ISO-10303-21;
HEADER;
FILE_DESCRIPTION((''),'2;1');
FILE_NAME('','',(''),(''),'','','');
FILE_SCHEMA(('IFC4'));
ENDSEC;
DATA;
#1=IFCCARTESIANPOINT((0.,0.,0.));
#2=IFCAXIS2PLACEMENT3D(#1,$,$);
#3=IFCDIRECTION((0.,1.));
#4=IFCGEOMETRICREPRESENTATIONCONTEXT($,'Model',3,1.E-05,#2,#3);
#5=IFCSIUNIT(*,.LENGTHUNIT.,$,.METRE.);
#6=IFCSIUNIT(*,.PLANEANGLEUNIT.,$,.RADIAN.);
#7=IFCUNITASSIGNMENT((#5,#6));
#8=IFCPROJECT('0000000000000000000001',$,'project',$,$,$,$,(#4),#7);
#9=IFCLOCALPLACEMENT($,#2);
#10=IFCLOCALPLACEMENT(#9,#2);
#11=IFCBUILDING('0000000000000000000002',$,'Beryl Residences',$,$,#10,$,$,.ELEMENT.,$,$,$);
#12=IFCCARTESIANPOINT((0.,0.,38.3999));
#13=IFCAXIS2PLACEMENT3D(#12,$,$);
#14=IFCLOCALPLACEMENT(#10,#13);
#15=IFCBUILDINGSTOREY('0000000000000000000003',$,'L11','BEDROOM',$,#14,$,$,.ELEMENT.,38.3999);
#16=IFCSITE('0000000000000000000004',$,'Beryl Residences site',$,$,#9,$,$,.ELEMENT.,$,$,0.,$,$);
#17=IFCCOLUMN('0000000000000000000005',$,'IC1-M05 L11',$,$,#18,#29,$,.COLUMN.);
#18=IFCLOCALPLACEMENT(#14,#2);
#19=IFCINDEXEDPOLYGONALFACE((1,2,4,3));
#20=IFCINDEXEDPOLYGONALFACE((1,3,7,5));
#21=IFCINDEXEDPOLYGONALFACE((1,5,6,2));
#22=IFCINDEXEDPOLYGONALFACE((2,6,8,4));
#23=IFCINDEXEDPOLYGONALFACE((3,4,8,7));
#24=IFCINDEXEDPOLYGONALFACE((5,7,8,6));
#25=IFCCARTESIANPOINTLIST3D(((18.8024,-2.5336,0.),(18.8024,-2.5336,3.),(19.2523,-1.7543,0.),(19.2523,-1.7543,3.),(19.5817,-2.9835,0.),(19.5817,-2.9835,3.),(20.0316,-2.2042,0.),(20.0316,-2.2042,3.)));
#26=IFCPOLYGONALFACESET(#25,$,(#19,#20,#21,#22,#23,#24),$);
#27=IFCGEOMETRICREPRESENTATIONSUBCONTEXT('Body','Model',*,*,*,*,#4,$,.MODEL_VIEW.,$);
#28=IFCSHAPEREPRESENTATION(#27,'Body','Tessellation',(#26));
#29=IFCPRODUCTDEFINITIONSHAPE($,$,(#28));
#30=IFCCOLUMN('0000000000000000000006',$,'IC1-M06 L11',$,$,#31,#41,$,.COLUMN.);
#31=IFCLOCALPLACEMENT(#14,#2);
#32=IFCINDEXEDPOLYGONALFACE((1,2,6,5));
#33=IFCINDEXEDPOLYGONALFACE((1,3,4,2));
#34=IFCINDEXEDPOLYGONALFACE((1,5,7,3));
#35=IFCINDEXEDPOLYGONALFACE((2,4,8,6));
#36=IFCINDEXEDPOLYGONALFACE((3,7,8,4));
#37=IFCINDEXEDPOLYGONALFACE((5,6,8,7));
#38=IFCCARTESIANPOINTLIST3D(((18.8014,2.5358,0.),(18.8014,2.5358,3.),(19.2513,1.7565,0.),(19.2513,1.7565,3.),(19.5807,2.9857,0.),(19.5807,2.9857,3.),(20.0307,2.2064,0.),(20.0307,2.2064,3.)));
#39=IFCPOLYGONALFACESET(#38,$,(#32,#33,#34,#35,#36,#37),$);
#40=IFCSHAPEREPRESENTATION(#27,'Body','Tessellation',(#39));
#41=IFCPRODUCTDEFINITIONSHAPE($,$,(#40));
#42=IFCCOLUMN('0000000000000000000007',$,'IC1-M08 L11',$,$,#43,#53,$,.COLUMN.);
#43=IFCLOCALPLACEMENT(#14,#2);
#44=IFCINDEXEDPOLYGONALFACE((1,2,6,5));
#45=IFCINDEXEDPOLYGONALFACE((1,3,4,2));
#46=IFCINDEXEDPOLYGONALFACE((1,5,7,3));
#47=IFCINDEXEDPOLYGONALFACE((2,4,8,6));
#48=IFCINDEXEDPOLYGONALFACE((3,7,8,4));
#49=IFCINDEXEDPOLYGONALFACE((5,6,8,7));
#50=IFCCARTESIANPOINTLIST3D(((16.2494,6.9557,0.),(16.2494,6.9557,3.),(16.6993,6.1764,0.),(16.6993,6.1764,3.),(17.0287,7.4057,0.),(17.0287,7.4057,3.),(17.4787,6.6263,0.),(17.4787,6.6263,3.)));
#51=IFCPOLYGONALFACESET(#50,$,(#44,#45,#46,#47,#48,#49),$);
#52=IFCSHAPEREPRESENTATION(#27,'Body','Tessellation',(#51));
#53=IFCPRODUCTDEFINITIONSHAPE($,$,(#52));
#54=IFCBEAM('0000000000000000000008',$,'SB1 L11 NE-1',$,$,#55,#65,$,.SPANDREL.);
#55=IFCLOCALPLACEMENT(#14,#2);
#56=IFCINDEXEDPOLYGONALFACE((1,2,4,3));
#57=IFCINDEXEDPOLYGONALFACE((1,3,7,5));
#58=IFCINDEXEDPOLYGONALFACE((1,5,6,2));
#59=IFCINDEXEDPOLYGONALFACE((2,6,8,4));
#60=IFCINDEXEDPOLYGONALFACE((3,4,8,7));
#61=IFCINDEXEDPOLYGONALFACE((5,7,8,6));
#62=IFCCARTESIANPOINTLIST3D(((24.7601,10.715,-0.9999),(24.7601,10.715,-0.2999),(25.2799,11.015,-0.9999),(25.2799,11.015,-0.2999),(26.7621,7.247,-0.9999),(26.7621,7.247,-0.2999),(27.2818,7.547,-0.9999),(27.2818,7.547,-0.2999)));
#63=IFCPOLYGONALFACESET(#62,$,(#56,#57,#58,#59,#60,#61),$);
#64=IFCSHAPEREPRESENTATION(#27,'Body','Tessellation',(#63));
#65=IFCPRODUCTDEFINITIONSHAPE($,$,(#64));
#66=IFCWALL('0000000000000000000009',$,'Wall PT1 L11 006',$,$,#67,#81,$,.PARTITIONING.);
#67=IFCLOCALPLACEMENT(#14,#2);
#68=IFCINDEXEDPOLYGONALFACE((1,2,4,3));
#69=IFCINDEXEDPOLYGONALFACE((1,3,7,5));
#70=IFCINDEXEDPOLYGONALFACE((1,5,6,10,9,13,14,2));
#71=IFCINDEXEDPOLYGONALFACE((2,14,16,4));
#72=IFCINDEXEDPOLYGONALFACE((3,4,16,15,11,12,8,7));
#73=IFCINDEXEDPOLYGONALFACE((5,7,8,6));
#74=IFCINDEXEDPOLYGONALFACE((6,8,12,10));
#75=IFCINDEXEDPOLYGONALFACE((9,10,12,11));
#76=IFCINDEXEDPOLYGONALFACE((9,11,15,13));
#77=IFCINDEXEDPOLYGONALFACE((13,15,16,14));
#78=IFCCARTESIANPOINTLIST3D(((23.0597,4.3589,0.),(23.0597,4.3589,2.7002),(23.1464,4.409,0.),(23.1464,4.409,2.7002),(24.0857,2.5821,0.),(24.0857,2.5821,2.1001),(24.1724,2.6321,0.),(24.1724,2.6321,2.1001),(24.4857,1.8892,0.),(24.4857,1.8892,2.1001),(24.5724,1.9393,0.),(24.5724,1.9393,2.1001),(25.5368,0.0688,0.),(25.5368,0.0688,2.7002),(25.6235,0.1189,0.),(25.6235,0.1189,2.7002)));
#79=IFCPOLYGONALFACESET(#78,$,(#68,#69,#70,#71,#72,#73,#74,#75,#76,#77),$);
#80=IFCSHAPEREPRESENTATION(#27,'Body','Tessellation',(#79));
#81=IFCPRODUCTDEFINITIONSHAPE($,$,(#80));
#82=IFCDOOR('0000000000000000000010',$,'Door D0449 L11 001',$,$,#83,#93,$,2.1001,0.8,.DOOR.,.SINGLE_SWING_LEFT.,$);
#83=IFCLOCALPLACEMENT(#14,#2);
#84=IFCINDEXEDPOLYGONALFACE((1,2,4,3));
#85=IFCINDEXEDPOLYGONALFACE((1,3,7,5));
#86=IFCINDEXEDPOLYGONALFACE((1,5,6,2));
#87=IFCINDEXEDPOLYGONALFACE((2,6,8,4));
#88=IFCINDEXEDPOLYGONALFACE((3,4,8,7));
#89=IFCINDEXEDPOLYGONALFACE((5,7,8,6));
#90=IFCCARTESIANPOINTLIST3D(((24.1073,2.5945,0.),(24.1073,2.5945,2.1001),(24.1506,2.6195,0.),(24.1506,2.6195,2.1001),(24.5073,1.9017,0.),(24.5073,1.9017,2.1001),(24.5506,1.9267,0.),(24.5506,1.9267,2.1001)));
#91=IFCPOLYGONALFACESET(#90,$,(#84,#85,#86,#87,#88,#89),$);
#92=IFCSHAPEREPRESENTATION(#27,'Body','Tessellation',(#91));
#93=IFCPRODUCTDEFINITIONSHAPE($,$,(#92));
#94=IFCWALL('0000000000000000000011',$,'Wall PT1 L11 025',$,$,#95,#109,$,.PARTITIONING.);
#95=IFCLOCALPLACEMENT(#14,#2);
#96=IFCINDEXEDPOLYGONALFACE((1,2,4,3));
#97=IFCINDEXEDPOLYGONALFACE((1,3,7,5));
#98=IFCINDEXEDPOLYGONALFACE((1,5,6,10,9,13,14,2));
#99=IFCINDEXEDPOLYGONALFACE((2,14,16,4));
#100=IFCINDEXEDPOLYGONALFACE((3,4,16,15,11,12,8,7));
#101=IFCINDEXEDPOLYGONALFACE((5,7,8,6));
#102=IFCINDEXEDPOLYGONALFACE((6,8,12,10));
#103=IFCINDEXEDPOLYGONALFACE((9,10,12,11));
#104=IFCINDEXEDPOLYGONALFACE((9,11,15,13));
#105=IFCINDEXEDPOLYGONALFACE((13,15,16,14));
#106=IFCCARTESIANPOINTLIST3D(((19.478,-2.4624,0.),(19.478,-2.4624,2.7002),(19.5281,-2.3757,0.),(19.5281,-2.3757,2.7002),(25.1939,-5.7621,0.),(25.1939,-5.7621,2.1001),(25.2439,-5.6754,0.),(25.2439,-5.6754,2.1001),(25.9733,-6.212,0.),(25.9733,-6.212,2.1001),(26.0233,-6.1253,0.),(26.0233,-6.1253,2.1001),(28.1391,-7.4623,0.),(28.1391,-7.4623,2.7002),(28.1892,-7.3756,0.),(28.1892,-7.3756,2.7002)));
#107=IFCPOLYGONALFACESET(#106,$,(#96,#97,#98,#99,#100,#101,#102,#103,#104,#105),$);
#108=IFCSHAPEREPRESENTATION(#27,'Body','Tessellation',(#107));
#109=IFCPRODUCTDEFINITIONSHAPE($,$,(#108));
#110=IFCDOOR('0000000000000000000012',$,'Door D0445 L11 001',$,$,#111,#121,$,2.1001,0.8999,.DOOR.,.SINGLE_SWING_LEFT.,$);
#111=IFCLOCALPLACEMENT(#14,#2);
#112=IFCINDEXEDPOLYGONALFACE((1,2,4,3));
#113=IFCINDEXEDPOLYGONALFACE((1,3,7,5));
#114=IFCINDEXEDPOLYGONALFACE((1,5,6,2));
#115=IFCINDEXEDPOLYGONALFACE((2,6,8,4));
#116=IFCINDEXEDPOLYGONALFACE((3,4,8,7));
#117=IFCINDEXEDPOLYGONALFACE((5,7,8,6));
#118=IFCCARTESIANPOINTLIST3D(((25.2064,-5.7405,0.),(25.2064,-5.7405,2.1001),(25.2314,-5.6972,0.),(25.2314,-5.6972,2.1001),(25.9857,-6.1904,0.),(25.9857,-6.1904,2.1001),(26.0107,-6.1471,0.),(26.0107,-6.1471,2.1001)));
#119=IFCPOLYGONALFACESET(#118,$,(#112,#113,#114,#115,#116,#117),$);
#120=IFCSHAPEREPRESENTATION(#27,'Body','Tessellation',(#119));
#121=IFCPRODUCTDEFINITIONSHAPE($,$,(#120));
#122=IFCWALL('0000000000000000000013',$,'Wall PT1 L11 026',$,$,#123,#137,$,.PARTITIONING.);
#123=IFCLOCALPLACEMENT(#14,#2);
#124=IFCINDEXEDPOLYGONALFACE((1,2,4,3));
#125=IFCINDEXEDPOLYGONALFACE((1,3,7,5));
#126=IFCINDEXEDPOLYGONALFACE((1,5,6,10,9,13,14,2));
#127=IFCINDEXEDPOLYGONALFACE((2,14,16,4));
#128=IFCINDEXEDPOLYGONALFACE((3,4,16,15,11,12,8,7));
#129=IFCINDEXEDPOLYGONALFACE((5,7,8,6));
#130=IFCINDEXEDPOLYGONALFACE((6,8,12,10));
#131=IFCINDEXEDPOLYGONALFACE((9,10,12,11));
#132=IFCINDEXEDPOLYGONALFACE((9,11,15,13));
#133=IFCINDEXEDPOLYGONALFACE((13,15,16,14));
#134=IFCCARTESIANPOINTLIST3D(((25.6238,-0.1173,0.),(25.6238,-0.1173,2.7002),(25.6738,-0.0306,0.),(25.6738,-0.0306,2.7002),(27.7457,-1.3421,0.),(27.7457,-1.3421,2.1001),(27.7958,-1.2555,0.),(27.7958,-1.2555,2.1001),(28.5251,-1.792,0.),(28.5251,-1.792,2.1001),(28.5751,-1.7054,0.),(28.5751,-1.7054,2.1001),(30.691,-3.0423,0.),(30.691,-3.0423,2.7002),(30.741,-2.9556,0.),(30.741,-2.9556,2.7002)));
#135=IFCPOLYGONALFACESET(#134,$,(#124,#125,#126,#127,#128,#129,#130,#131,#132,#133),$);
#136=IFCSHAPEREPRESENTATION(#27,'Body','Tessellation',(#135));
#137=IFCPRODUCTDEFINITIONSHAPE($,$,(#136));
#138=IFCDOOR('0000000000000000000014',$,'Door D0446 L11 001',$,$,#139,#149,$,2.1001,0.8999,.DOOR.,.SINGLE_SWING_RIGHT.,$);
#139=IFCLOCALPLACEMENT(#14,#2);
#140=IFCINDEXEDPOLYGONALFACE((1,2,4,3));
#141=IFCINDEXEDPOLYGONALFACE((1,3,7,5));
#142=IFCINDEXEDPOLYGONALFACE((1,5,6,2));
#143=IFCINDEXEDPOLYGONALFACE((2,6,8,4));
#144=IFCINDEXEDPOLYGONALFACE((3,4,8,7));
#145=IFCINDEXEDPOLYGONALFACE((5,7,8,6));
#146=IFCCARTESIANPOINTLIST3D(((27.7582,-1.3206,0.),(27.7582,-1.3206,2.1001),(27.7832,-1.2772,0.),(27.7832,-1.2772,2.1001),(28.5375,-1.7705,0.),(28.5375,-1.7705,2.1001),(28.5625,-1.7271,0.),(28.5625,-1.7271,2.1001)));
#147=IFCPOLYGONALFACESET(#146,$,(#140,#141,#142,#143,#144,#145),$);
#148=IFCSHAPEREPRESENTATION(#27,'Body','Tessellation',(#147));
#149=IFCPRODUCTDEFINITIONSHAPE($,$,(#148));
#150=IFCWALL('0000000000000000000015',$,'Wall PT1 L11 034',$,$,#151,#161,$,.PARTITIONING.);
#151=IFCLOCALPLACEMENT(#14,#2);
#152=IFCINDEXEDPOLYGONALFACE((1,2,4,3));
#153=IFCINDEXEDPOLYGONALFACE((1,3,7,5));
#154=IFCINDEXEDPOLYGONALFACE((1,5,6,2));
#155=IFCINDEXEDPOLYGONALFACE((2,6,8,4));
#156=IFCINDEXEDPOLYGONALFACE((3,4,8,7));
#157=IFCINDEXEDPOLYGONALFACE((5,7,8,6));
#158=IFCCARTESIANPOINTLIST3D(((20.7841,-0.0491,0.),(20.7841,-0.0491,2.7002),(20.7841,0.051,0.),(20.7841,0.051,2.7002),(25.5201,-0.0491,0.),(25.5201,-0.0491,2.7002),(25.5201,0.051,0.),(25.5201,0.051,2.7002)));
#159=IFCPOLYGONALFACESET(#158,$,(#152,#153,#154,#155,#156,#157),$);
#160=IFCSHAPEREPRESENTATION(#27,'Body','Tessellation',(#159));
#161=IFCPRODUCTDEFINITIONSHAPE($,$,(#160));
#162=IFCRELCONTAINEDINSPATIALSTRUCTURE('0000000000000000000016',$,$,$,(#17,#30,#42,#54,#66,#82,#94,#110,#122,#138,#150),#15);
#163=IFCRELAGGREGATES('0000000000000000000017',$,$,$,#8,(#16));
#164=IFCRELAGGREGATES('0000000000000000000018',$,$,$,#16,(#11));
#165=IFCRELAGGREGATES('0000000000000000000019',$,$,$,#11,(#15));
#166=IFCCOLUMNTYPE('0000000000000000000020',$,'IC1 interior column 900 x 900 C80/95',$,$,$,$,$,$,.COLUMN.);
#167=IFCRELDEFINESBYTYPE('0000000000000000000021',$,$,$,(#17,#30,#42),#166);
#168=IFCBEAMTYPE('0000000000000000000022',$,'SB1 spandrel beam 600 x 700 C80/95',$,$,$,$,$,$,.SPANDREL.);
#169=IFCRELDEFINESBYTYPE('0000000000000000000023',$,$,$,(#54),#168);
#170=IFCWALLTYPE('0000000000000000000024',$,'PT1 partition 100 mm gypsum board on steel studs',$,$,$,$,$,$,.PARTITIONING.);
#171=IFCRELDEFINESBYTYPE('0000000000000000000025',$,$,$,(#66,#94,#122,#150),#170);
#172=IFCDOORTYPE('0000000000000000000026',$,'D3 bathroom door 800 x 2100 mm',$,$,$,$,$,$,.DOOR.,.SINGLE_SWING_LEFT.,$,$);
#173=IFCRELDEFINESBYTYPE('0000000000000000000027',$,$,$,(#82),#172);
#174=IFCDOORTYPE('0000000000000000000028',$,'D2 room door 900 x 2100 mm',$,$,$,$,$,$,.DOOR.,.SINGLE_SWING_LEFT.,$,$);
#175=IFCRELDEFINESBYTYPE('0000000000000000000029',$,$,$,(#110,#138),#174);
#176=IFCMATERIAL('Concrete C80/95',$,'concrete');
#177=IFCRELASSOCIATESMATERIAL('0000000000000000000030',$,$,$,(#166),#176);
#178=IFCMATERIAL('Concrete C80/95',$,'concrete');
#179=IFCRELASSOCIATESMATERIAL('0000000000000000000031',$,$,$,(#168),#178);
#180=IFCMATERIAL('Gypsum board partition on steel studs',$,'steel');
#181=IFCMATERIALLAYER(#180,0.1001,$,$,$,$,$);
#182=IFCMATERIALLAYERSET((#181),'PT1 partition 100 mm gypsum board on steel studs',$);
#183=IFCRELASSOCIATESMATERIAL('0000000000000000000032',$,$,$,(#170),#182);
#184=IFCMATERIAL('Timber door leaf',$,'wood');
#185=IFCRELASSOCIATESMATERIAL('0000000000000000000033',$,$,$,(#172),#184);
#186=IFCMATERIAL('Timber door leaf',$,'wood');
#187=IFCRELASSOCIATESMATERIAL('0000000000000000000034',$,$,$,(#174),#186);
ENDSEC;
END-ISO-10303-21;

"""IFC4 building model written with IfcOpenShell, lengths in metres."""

from ifc_helpers import new_model, si_unit, direction, frame, frame_2d, origin, origin_2d, place, context, subcontext, project, spatial, rectangle, extrude, material, layer, layer_set, material_profile, profile_set, type_object, element, fill, save


model = new_model("IFC4")

# Units and contexts
model_context = context("Model", 3, precision=1e-05, world=origin(), true_north=direction((0.0, 1.0)))
body_context = subcontext(model_context, "Body", "Model", "MODEL_VIEW")
ifc_project = project(units=[si_unit("LENGTHUNIT", "METRE"), si_unit("PLANEANGLEUNIT", "RADIAN")], contexts=[model_context])

# Site, building, storey
site_placement = place(None, origin())
site = spatial("IfcSite", under=ifc_project, at=site_placement, Name="Beryl Residences site", CompositionType="ELEMENT", RefElevation=0.0)
building_placement = place(site_placement, origin())
building = spatial("IfcBuilding", under=site, at=building_placement, Name="Beryl Residences", CompositionType="ELEMENT")
storey_placement = place(building_placement, frame((0.0, 0.0, 38.3999)))
storey = spatial("IfcBuildingStorey", under=building, at=storey_placement, Name="L11", Description="BEDROOM", CompositionType="ELEMENT", Elevation=38.3999)

# Columns
ifc_material_1 = material(Name="Concrete C80/95", Category="concrete")
ifc_material_profile_1 = material_profile(ifc_material_1, rectangle(XDim=0.8999, YDim=0.8999, at=origin_2d()))
ifc_profile_set_1 = profile_set([ifc_material_profile_1], Name="Concrete C80/95")
column_type = type_object("IfcColumnType", Name="IC1 interior column 900 x 900 C80/95", PredefinedType="COLUMN", material=ifc_profile_set_1)
for number, where, z_axis, x_axis, name in (
    (1, (19.417, -2.3689, 0.0), (0.0, 0.0, 1.0), (0.499985, 0.866034, 0.0), "IC1-M05 L11"),
    (2, (19.416, 2.3711, 0.0), (0.0, 0.0, 1.0), (-0.499985, 0.866034, 0.0), "IC1-M06 L11"),
    (3, (16.864, 6.791, 0.0), (0.0, 0.0, 1.0), (-0.499985, 0.866034, 0.0), "IC1-M08 L11"),
):
    element("IfcColumn", number, at=place(storey_placement, frame(where, z_axis=z_axis, x_axis=x_axis)), inside=storey, type_object=column_type, Name=name, PredefinedType="COLUMN", context=body_context, shape_type="SweptSolid", body=[
        extrude(rectangle(XDim=0.8999, YDim=0.8999, at=origin_2d()), origin(), (0.0, 0.0, 1.0), 3.0),
    ])

# Beam
ifc_material_2 = material(Name="Concrete C80/95", Category="concrete")
ifc_material_profile_2 = material_profile(ifc_material_2, rectangle(XDim=0.6001, YDim=0.7, at=origin_2d()))
ifc_profile_set_2 = profile_set([ifc_material_profile_2], Name="Concrete C80/95")
beam_type = type_object("IfcBeamType", Name="SB1 spandrel beam 600 x 700 C80/95", PredefinedType="SPANDREL", material=ifc_profile_set_2)
beam_placement = place(storey_placement, frame((27.022, 7.397, -0.6499), z_axis=(-0.499942, 0.866059, 0.0), x_axis=(-0.866059, -0.499942, 0.0)))
element("IfcBeam", 4, at=beam_placement, inside=storey, type_object=beam_type, Name="SB1 L11 NE-1", PredefinedType="SPANDREL", context=body_context, shape_type="SweptSolid", body=[
    extrude(rectangle(XDim=0.6001, YDim=0.7, at=origin_2d()), origin(), (0.0, 0.0, 1.0), 4.0044),
])

# Walls, openings, doors
ifc_material_3 = material(Name="Gypsum board partition on steel studs", Category="steel")
ifc_layer_1 = layer(ifc_material_3, 0.1001)
ifc_layer_set_1 = layer_set([ifc_layer_1], Name="PT1 partition 100 mm gypsum board on steel studs")
wall_type_1 = type_object("IfcWallType", Name="PT1 partition 100 mm gypsum board on steel studs", PredefinedType="PARTITIONING", material=ifc_layer_set_1)
wall_1_placement = place(storey_placement, frame((23.103, 4.384, 0.0), z_axis=(0.0, 0.0, 1.0), x_axis=(0.50003, -0.866008, 0.0)))
wall_1 = element("IfcWall", 5, at=wall_1_placement, inside=storey, type_object=wall_type_1, Name="Wall PT1 L11 006", PredefinedType="PARTITIONING", context=body_context, shape_type="SweptSolid", body=[
    extrude(rectangle(XDim=4.9539, YDim=0.1001, at=frame_2d((2.4771, 0.0))), origin(), (0.0, 0.0, 1.0), 2.7002),
])
opening_1_placement = place(wall_1_placement, frame((2.052, 0.0, 0.0)))
opening_1 = element("IfcOpeningElement", 6, at=opening_1_placement, cuts=wall_1, PredefinedType="OPENING", context=body_context, shape_type="SweptSolid", body=[
    extrude(rectangle(XDim=0.8, YDim=2.1001, at=frame_2d((0.3999, 1.05))), frame((0.0, 0.0601, 0.0), z_axis=(0.0, -1.0, 0.0), x_axis=(1.0, 0.0, 0.0)), (0.0, 0.0, 1.0), 0.1201),
])
ifc_material_4 = material(Name="Timber door leaf", Category="wood")
door_type_1 = type_object("IfcDoorType", Name="D3 bathroom door 800 x 2100 mm", OperationType="SINGLE_SWING_LEFT", PredefinedType="DOOR", material=ifc_material_4)
door_1_placement = place(opening_1_placement, origin())
door_1 = element("IfcDoor", 7, at=door_1_placement, inside=storey, type_object=door_type_1, Name="Door D0449 L11 001", OperationType="SINGLE_SWING_LEFT", OverallHeight=2.1001, OverallWidth=0.8, PredefinedType="DOOR", context=body_context, shape_type="SweptSolid", body=[
    extrude(rectangle(XDim=0.8, YDim=2.1001, at=frame_2d((0.3999, 1.05))), frame((0.0, 0.0249, 0.0), z_axis=(0.0, -1.0, 0.0), x_axis=(1.0, 0.0, 0.0)), (0.0, 0.0, 1.0), 0.05),
])
fill(opening_1, door_1)
wall_2_placement = place(storey_placement, frame((19.5029, -2.4189, 0.0), z_axis=(0.0, 0.0, 1.0), x_axis=(0.866047, -0.499962, 0.0)))
wall_2 = element("IfcWall", 8, at=wall_2_placement, inside=storey, type_object=wall_type_1, Name="Wall PT1 L11 025", PredefinedType="PARTITIONING", context=body_context, shape_type="SweptSolid", body=[
    extrude(rectangle(XDim=10.0007, YDim=0.1001, at=frame_2d((5.0005, 0.0))), origin(), (0.0, 0.0, 1.0), 2.7002),
])
opening_2_placement = place(wall_2_placement, frame((6.6001, 0.0, 0.0)))
opening_2 = element("IfcOpeningElement", 9, at=opening_2_placement, cuts=wall_2, PredefinedType="OPENING", context=body_context, shape_type="SweptSolid", body=[
    extrude(rectangle(XDim=0.8999, YDim=2.1001, at=frame_2d((0.45, 1.05))), frame((0.0, 0.0601, 0.0), z_axis=(0.0, -1.0, 0.0), x_axis=(1.0, 0.0, 0.0)), (0.0, 0.0, 1.0), 0.1201),
])
ifc_material_5 = material(Name="Timber door leaf", Category="wood")
door_type_2 = type_object("IfcDoorType", Name="D2 room door 900 x 2100 mm", OperationType="SINGLE_SWING_LEFT", PredefinedType="DOOR", material=ifc_material_5)
door_2_placement = place(opening_2_placement, origin())
door_2 = element("IfcDoor", 10, at=door_2_placement, inside=storey, type_object=door_type_2, Name="Door D0445 L11 001", OperationType="SINGLE_SWING_LEFT", OverallHeight=2.1001, OverallWidth=0.8999, PredefinedType="DOOR", context=body_context, shape_type="SweptSolid", body=[
    extrude(rectangle(XDim=0.8999, YDim=2.1001, at=frame_2d((0.45, 1.05))), frame((0.0, 0.0249, 0.0), z_axis=(0.0, -1.0, 0.0), x_axis=(1.0, 0.0, 0.0)), (0.0, 0.0, 1.0), 0.05),
])
fill(opening_2, door_2)
wall_3_placement = place(storey_placement, frame((25.6489, -0.074, 0.0), z_axis=(0.0, 0.0, 1.0), x_axis=(0.86606, -0.49994, 0.0)))
wall_3 = element("IfcWall", 11, at=wall_3_placement, inside=storey, type_object=wall_type_1, Name="Wall PT1 L11 026", PredefinedType="PARTITIONING", context=body_context, shape_type="SweptSolid", body=[
    extrude(rectangle(XDim=5.8508, YDim=0.1001, at=frame_2d((2.9253, 0.0))), origin(), (0.0, 0.0, 1.0), 2.7002),
])
opening_3_placement = place(wall_3_placement, frame((2.45, 0.0, 0.0)))
opening_3 = element("IfcOpeningElement", 12, at=opening_3_placement, cuts=wall_3, PredefinedType="OPENING", context=body_context, shape_type="SweptSolid", body=[
    extrude(rectangle(XDim=0.8999, YDim=2.1001, at=frame_2d((0.45, 1.05))), frame((0.0, 0.0601, 0.0), z_axis=(0.0, -1.0, 0.0), x_axis=(1.0, 0.0, 0.0)), (0.0, 0.0, 1.0), 0.1201),
])
door_3_placement = place(opening_3_placement, origin())
door_3 = element("IfcDoor", 13, at=door_3_placement, inside=storey, type_object=door_type_2, Name="Door D0446 L11 001", OperationType="SINGLE_SWING_RIGHT", OverallHeight=2.1001, OverallWidth=0.8999, PredefinedType="DOOR", context=body_context, shape_type="SweptSolid", body=[
    extrude(rectangle(XDim=0.8999, YDim=2.1001, at=frame_2d((0.45, 1.05))), frame((0.0, 0.0249, 0.0), z_axis=(0.0, -1.0, 0.0), x_axis=(1.0, 0.0, 0.0)), (0.0, 0.0, 1.0), 0.05),
])
fill(opening_3, door_3)

# Wall
wall_4_placement = place(storey_placement, frame((20.7839, 0.001, 0.0), z_axis=(0.0, 0.0, 1.0), x_axis=(1.0, 0.0, 0.0)))
element("IfcWall", 14, at=wall_4_placement, inside=storey, type_object=wall_type_1, Name="Wall PT1 L11 034", PredefinedType="PARTITIONING", context=body_context, shape_type="SweptSolid", body=[
    extrude(rectangle(XDim=4.7361, YDim=0.1001, at=frame_2d((2.3682, 0.0))), origin(), (0.0, 0.0, 1.0), 2.7002),
])

save(model, "model.ifc")
